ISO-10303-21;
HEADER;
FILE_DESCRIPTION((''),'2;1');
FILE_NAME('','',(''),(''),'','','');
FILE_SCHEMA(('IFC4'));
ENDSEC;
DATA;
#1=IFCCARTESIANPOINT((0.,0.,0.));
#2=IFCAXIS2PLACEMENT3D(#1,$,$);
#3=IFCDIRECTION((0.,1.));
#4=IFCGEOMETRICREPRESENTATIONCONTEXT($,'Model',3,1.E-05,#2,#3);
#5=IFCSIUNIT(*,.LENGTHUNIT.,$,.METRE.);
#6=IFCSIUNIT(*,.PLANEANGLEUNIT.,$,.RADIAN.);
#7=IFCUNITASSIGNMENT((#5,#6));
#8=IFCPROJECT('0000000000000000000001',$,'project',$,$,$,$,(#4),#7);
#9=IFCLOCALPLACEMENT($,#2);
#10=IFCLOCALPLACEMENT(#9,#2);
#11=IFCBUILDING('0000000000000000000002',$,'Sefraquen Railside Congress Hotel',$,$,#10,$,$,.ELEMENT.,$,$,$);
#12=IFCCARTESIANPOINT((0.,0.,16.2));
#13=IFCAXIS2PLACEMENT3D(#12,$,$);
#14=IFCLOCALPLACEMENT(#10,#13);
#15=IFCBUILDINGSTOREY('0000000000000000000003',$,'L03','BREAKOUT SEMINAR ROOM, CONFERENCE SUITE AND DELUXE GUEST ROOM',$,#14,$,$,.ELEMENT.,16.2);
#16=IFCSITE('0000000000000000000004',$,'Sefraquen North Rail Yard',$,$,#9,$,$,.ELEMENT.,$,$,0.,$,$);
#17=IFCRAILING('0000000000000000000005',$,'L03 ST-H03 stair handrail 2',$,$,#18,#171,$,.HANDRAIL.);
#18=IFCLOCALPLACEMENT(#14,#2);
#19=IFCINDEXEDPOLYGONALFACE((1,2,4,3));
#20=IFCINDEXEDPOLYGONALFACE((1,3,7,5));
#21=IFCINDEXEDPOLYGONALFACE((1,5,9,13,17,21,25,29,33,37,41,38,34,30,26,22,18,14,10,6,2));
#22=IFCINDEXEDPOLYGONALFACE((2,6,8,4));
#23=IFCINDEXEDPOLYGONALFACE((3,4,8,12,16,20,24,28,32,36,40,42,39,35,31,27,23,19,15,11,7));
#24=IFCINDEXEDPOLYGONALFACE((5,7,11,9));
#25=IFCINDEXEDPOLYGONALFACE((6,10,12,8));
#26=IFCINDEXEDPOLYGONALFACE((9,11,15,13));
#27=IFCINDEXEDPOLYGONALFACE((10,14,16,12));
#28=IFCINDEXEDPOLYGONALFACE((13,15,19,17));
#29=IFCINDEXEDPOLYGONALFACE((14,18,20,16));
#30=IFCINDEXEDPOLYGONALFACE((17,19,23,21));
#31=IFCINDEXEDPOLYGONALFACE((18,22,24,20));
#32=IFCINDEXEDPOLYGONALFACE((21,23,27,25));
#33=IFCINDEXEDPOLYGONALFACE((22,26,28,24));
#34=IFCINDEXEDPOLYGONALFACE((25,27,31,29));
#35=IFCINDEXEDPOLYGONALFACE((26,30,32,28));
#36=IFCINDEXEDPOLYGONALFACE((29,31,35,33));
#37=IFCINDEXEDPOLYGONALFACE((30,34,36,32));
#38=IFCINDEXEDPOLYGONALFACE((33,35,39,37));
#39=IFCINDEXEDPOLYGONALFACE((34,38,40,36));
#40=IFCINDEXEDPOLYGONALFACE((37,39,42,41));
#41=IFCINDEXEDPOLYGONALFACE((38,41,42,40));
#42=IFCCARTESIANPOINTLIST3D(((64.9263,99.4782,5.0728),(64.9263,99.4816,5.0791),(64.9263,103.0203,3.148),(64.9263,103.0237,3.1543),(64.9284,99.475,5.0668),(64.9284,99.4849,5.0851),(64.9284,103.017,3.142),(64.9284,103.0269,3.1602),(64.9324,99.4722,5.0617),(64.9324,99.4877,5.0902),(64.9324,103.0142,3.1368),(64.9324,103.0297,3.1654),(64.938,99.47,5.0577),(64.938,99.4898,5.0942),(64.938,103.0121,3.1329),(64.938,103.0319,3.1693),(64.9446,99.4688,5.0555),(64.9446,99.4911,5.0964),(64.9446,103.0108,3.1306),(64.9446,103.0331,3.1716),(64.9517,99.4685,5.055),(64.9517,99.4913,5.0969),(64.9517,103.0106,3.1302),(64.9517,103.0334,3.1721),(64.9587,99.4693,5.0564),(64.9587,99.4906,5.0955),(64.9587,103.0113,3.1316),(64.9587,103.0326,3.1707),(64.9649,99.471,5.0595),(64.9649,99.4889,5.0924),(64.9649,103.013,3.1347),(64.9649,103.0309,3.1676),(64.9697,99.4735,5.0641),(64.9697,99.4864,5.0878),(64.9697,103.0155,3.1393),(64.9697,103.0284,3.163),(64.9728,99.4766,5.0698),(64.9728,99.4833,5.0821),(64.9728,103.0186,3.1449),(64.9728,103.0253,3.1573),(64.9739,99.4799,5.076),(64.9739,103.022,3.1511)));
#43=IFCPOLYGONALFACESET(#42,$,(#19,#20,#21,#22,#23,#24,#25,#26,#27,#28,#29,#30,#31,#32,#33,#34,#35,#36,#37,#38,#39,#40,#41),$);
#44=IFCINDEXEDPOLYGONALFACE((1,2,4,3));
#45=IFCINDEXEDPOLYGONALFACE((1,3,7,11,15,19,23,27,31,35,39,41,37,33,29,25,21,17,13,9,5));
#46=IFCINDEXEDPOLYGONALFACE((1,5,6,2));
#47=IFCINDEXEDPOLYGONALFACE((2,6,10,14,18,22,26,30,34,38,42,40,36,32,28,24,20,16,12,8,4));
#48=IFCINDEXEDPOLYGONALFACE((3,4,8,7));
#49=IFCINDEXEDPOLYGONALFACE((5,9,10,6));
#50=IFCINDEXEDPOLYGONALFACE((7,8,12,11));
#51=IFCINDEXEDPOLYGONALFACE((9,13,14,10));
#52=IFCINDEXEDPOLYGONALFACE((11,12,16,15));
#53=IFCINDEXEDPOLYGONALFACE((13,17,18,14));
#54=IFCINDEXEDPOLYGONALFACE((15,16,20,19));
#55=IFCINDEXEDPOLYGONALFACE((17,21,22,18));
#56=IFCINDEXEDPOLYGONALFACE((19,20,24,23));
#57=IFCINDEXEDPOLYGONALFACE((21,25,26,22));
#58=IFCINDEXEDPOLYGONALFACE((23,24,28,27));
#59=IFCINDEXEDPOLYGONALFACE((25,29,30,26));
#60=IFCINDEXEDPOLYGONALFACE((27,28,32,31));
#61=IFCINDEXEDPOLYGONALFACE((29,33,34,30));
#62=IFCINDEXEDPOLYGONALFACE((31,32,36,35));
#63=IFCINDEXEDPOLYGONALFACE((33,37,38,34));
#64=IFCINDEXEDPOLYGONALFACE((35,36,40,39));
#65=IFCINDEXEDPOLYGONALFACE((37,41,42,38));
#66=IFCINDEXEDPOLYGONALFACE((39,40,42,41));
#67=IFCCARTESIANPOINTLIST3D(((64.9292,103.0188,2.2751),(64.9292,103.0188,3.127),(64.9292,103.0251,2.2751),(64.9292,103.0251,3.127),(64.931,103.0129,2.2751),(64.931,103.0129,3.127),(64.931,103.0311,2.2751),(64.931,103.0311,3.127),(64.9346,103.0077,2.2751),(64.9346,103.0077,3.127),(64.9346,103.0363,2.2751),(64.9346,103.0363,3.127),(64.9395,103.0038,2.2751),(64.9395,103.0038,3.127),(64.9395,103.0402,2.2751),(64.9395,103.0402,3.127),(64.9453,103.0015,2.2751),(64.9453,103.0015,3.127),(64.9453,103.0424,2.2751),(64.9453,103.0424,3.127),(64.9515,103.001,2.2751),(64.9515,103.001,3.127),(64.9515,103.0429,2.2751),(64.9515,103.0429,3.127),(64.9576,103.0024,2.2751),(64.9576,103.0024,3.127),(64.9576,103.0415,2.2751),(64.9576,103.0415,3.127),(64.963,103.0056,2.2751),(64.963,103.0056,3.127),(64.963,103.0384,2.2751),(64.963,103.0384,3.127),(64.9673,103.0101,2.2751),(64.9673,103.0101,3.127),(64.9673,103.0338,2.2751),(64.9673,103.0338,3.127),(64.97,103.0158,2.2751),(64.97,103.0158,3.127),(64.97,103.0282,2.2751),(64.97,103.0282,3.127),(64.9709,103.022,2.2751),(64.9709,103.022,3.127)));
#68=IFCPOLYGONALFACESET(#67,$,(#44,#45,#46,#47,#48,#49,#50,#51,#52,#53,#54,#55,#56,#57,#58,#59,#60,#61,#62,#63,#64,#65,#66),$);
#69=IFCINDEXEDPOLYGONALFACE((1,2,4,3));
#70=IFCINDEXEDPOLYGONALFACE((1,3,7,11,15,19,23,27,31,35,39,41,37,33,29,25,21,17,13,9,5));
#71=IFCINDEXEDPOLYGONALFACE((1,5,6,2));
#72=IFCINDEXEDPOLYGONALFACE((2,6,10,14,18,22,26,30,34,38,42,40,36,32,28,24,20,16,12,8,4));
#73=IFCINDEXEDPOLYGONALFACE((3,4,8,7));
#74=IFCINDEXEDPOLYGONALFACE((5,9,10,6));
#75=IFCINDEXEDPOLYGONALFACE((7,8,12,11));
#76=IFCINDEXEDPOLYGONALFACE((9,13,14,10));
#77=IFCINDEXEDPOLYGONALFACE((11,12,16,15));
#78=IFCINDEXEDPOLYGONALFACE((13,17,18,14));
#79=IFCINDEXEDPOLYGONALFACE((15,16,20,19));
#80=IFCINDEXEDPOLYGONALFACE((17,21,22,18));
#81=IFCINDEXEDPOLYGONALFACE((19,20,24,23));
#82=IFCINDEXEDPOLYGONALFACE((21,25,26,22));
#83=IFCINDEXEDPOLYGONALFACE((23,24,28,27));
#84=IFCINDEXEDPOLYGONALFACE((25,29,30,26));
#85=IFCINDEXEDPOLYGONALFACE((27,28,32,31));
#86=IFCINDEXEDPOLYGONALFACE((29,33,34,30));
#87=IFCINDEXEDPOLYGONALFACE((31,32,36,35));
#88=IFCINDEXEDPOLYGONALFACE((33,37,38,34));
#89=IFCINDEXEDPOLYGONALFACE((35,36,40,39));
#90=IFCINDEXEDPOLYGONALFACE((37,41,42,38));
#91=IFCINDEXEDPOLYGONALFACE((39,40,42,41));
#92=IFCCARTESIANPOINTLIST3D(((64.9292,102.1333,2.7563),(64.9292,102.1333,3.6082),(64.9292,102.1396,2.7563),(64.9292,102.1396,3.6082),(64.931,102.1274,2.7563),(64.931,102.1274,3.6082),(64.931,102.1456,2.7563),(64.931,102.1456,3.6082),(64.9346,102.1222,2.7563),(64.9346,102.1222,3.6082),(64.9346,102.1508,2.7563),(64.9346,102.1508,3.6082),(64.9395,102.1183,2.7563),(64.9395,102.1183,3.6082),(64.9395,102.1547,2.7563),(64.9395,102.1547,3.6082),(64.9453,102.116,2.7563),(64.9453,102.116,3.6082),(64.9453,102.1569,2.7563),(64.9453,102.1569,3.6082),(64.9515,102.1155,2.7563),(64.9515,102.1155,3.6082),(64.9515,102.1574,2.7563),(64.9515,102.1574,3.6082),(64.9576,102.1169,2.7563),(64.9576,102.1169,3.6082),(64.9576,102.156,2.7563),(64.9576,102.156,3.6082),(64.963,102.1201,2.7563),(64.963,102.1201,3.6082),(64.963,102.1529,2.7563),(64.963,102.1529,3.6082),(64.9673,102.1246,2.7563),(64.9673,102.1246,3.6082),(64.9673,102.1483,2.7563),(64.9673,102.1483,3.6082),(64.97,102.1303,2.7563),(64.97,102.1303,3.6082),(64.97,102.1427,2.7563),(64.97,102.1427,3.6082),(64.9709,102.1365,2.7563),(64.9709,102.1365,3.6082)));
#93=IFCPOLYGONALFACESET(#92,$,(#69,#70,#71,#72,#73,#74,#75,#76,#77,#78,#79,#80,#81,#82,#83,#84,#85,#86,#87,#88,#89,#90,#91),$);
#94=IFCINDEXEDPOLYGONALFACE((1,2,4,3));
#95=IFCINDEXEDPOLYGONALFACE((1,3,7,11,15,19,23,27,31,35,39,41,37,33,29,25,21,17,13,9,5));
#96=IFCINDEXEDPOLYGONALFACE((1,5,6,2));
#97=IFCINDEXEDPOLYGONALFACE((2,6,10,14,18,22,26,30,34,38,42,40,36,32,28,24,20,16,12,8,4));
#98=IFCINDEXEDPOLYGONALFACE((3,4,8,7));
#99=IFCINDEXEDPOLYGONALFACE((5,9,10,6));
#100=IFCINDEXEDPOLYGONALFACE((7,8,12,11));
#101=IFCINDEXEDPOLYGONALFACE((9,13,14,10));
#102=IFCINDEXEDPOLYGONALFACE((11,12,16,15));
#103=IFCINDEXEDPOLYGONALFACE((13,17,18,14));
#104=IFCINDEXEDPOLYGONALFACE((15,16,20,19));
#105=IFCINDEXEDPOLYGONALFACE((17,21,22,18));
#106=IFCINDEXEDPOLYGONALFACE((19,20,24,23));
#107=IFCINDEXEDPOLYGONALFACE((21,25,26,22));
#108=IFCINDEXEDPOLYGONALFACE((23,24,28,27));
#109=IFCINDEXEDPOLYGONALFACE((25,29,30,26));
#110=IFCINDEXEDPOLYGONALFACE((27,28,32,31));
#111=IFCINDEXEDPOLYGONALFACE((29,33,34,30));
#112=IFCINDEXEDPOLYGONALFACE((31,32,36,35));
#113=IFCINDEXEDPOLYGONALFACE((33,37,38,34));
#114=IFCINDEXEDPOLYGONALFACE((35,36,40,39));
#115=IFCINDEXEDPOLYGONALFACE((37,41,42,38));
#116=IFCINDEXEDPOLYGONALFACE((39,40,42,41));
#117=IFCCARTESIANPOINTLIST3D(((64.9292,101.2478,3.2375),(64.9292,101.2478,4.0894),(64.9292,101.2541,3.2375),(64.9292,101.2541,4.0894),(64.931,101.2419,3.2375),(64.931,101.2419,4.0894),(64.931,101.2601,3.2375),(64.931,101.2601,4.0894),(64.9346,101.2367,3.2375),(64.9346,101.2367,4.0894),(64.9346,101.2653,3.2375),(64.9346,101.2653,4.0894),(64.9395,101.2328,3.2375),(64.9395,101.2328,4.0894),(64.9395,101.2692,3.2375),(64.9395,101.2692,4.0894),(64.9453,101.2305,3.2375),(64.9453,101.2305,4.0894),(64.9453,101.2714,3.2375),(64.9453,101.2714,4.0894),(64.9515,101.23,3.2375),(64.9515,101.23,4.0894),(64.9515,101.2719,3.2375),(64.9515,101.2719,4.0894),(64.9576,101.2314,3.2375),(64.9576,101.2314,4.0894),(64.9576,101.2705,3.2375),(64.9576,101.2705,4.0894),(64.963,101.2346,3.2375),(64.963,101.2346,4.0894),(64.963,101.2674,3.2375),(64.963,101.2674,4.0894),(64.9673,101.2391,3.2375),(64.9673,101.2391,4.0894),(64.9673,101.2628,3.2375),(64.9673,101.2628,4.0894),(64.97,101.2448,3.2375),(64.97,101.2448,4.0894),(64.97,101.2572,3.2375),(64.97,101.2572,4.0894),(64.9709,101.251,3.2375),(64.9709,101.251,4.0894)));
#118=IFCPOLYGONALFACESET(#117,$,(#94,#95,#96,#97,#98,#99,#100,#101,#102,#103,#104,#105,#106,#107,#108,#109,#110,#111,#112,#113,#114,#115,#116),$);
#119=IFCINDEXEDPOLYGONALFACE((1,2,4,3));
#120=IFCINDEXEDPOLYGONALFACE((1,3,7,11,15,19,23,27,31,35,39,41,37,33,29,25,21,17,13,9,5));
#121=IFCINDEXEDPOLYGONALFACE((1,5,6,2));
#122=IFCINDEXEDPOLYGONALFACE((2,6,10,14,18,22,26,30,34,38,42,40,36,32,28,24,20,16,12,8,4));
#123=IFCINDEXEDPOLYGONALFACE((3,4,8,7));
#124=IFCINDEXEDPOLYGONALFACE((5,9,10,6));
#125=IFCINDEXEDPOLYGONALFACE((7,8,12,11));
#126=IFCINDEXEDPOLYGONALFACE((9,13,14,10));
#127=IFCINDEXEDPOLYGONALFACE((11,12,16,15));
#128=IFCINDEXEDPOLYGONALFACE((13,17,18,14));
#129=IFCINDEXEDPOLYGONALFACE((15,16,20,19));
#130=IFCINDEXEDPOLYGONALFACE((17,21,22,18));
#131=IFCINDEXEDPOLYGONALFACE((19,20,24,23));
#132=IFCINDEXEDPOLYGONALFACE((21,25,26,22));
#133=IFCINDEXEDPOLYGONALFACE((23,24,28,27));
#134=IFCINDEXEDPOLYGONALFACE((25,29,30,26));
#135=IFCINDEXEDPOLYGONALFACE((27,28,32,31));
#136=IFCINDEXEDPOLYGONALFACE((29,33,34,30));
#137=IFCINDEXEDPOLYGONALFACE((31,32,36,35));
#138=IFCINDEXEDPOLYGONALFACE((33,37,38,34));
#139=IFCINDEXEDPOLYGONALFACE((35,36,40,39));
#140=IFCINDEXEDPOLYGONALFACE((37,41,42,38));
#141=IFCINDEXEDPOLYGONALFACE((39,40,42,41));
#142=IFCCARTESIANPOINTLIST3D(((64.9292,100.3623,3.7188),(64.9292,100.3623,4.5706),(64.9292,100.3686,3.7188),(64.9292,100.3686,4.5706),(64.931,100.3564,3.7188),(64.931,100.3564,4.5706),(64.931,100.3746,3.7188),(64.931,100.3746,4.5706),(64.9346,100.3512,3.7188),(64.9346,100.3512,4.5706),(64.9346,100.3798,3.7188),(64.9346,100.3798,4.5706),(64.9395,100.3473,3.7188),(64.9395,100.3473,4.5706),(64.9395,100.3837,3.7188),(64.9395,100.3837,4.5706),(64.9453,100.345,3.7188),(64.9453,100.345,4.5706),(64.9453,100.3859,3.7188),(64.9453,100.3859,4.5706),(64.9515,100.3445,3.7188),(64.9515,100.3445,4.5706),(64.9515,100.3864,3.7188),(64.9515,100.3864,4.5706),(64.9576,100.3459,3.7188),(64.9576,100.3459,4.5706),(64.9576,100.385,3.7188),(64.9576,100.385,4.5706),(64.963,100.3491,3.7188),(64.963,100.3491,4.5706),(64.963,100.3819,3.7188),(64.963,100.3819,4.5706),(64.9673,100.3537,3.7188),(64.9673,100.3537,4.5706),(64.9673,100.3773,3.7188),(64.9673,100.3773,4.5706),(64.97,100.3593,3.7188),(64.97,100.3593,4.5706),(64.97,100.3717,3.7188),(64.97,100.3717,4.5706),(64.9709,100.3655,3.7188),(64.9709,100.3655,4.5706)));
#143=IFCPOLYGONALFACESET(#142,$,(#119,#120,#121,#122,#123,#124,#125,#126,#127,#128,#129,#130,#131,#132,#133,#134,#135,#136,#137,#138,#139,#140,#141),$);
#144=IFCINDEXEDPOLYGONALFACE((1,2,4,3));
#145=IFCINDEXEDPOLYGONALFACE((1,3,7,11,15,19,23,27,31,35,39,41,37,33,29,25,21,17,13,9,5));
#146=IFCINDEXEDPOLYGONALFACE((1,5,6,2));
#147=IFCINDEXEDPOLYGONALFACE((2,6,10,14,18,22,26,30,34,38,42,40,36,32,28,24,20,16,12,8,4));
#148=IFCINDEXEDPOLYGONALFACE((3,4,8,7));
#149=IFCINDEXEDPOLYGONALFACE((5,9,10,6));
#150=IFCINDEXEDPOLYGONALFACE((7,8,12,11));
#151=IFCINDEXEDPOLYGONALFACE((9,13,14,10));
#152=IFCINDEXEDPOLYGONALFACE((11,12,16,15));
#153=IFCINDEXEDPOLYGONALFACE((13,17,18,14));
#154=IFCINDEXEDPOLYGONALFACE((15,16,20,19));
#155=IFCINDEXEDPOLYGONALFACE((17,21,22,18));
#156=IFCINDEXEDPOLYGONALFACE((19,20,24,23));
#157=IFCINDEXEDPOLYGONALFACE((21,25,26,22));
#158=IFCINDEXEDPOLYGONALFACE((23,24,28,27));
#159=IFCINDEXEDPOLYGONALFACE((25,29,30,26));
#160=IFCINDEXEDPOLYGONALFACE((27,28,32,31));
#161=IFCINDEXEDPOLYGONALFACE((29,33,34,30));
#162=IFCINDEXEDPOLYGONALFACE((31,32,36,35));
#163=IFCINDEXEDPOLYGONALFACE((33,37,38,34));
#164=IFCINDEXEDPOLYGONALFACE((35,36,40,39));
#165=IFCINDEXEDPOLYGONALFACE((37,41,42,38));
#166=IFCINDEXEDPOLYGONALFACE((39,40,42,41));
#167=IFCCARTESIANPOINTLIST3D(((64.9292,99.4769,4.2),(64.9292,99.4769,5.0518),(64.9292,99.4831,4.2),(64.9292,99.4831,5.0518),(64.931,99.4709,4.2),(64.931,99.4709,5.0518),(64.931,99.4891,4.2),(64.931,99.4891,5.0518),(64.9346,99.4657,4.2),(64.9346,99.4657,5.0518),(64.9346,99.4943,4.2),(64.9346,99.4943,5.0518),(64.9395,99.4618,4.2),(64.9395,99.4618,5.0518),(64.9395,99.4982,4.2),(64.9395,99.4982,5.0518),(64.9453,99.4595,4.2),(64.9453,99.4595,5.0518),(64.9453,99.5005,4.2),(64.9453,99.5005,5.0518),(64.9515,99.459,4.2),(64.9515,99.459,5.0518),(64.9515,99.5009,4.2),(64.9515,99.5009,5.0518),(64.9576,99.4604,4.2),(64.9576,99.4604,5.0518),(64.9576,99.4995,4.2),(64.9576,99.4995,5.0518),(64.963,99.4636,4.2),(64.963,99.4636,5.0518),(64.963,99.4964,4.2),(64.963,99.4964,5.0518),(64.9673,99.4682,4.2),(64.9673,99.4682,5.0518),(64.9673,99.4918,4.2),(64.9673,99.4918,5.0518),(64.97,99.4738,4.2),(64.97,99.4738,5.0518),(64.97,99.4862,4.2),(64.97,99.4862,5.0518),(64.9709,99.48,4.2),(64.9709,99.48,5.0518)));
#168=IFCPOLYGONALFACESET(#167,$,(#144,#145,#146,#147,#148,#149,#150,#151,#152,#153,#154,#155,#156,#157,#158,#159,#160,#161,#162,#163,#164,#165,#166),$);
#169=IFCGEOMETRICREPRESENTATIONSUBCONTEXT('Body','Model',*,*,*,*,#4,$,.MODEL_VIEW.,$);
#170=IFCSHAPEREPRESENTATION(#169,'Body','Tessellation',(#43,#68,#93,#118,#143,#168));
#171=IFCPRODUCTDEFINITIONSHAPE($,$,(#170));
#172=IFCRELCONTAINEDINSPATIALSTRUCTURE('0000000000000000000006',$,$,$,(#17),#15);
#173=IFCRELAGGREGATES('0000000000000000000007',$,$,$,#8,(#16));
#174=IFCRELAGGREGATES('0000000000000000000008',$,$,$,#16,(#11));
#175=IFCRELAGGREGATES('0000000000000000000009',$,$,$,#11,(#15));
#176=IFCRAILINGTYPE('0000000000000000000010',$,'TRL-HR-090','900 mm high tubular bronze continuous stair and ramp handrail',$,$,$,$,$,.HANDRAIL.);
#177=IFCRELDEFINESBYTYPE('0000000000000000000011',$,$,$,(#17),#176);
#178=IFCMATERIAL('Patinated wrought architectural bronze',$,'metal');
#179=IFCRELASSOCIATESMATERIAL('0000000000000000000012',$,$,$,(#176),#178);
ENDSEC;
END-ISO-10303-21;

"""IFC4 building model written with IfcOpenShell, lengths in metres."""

from ifc_helpers import new_model, si_unit, direction, frame, origin, origin_2d, place, context, subcontext, project, spatial, circle, extrude, material, type_object, element, save


model = new_model("IFC4")

# Units and contexts
model_context = context("Model", 3, precision=1e-05, world=origin(), true_north=direction((0.0, 1.0)))
body_context = subcontext(model_context, "Body", "Model", "MODEL_VIEW")
ifc_project = project(units=[si_unit("LENGTHUNIT", "METRE"), si_unit("PLANEANGLEUNIT", "RADIAN")], contexts=[model_context])

# Site, building, storey
site_placement = place(None, origin())
site = spatial("IfcSite", under=ifc_project, at=site_placement, Name="Sefraquen North Rail Yard", CompositionType="ELEMENT", RefElevation=0.0)
building_placement = place(site_placement, origin())
building = spatial("IfcBuilding", under=site, at=building_placement, Name="Sefraquen Railside Congress Hotel", CompositionType="ELEMENT")
storey_placement = place(building_placement, frame((0.0, 0.0, 16.2)))
storey = spatial("IfcBuildingStorey", under=building, at=storey_placement, Name="L03", Description="BREAKOUT SEMINAR ROOM, CONFERENCE SUITE AND DELUXE GUEST ROOM", CompositionType="ELEMENT", Elevation=16.2)

# Railing
ifc_material_1 = material(Name="Patinated wrought architectural bronze", Category="metal")
railing_type_1 = type_object("IfcRailingType", Name="TRL-HR-090", Description="900 mm high tubular bronze continuous stair and ramp handrail", PredefinedType="HANDRAIL", material=ifc_material_1)
railing_1_placement = place(storey_placement, frame((64.95, 103.022, 2.2751)))
element("IfcRailing", 1, at=railing_1_placement, inside=storey, type_object=railing_type_1, Name="L03 ST-H03 stair handrail 2", PredefinedType="HANDRAIL", context=body_context, shape_type="SweptSolid", body=[
    extrude(circle(Radius=0.0239, at=origin_2d()), frame((0.0, 0.0, 0.876), z_axis=(0.0, -0.878644, 0.477477), x_axis=(1.0, 0.0, 0.0)), (0.0, 0.0, 1.0), 4.0312),
    extrude(circle(Radius=0.021, at=origin_2d()), origin(), (0.0, 0.0, 1.0), 0.8518),
    extrude(circle(Radius=0.021, at=origin_2d()), frame((0.0, -0.8855, 0.4812)), (0.0, 0.0, 1.0), 0.8518),
    extrude(circle(Radius=0.021, at=origin_2d()), frame((0.0, -1.771, 0.9624)), (0.0, 0.0, 1.0), 0.8518),
    extrude(circle(Radius=0.021, at=origin_2d()), frame((0.0, -2.6565, 1.4436)), (0.0, 0.0, 1.0), 0.8518),
    extrude(circle(Radius=0.021, at=origin_2d()), frame((0.0, -3.542, 1.9248)), (0.0, 0.0, 1.0), 0.8518),
])

save(model, "model.ifc")
